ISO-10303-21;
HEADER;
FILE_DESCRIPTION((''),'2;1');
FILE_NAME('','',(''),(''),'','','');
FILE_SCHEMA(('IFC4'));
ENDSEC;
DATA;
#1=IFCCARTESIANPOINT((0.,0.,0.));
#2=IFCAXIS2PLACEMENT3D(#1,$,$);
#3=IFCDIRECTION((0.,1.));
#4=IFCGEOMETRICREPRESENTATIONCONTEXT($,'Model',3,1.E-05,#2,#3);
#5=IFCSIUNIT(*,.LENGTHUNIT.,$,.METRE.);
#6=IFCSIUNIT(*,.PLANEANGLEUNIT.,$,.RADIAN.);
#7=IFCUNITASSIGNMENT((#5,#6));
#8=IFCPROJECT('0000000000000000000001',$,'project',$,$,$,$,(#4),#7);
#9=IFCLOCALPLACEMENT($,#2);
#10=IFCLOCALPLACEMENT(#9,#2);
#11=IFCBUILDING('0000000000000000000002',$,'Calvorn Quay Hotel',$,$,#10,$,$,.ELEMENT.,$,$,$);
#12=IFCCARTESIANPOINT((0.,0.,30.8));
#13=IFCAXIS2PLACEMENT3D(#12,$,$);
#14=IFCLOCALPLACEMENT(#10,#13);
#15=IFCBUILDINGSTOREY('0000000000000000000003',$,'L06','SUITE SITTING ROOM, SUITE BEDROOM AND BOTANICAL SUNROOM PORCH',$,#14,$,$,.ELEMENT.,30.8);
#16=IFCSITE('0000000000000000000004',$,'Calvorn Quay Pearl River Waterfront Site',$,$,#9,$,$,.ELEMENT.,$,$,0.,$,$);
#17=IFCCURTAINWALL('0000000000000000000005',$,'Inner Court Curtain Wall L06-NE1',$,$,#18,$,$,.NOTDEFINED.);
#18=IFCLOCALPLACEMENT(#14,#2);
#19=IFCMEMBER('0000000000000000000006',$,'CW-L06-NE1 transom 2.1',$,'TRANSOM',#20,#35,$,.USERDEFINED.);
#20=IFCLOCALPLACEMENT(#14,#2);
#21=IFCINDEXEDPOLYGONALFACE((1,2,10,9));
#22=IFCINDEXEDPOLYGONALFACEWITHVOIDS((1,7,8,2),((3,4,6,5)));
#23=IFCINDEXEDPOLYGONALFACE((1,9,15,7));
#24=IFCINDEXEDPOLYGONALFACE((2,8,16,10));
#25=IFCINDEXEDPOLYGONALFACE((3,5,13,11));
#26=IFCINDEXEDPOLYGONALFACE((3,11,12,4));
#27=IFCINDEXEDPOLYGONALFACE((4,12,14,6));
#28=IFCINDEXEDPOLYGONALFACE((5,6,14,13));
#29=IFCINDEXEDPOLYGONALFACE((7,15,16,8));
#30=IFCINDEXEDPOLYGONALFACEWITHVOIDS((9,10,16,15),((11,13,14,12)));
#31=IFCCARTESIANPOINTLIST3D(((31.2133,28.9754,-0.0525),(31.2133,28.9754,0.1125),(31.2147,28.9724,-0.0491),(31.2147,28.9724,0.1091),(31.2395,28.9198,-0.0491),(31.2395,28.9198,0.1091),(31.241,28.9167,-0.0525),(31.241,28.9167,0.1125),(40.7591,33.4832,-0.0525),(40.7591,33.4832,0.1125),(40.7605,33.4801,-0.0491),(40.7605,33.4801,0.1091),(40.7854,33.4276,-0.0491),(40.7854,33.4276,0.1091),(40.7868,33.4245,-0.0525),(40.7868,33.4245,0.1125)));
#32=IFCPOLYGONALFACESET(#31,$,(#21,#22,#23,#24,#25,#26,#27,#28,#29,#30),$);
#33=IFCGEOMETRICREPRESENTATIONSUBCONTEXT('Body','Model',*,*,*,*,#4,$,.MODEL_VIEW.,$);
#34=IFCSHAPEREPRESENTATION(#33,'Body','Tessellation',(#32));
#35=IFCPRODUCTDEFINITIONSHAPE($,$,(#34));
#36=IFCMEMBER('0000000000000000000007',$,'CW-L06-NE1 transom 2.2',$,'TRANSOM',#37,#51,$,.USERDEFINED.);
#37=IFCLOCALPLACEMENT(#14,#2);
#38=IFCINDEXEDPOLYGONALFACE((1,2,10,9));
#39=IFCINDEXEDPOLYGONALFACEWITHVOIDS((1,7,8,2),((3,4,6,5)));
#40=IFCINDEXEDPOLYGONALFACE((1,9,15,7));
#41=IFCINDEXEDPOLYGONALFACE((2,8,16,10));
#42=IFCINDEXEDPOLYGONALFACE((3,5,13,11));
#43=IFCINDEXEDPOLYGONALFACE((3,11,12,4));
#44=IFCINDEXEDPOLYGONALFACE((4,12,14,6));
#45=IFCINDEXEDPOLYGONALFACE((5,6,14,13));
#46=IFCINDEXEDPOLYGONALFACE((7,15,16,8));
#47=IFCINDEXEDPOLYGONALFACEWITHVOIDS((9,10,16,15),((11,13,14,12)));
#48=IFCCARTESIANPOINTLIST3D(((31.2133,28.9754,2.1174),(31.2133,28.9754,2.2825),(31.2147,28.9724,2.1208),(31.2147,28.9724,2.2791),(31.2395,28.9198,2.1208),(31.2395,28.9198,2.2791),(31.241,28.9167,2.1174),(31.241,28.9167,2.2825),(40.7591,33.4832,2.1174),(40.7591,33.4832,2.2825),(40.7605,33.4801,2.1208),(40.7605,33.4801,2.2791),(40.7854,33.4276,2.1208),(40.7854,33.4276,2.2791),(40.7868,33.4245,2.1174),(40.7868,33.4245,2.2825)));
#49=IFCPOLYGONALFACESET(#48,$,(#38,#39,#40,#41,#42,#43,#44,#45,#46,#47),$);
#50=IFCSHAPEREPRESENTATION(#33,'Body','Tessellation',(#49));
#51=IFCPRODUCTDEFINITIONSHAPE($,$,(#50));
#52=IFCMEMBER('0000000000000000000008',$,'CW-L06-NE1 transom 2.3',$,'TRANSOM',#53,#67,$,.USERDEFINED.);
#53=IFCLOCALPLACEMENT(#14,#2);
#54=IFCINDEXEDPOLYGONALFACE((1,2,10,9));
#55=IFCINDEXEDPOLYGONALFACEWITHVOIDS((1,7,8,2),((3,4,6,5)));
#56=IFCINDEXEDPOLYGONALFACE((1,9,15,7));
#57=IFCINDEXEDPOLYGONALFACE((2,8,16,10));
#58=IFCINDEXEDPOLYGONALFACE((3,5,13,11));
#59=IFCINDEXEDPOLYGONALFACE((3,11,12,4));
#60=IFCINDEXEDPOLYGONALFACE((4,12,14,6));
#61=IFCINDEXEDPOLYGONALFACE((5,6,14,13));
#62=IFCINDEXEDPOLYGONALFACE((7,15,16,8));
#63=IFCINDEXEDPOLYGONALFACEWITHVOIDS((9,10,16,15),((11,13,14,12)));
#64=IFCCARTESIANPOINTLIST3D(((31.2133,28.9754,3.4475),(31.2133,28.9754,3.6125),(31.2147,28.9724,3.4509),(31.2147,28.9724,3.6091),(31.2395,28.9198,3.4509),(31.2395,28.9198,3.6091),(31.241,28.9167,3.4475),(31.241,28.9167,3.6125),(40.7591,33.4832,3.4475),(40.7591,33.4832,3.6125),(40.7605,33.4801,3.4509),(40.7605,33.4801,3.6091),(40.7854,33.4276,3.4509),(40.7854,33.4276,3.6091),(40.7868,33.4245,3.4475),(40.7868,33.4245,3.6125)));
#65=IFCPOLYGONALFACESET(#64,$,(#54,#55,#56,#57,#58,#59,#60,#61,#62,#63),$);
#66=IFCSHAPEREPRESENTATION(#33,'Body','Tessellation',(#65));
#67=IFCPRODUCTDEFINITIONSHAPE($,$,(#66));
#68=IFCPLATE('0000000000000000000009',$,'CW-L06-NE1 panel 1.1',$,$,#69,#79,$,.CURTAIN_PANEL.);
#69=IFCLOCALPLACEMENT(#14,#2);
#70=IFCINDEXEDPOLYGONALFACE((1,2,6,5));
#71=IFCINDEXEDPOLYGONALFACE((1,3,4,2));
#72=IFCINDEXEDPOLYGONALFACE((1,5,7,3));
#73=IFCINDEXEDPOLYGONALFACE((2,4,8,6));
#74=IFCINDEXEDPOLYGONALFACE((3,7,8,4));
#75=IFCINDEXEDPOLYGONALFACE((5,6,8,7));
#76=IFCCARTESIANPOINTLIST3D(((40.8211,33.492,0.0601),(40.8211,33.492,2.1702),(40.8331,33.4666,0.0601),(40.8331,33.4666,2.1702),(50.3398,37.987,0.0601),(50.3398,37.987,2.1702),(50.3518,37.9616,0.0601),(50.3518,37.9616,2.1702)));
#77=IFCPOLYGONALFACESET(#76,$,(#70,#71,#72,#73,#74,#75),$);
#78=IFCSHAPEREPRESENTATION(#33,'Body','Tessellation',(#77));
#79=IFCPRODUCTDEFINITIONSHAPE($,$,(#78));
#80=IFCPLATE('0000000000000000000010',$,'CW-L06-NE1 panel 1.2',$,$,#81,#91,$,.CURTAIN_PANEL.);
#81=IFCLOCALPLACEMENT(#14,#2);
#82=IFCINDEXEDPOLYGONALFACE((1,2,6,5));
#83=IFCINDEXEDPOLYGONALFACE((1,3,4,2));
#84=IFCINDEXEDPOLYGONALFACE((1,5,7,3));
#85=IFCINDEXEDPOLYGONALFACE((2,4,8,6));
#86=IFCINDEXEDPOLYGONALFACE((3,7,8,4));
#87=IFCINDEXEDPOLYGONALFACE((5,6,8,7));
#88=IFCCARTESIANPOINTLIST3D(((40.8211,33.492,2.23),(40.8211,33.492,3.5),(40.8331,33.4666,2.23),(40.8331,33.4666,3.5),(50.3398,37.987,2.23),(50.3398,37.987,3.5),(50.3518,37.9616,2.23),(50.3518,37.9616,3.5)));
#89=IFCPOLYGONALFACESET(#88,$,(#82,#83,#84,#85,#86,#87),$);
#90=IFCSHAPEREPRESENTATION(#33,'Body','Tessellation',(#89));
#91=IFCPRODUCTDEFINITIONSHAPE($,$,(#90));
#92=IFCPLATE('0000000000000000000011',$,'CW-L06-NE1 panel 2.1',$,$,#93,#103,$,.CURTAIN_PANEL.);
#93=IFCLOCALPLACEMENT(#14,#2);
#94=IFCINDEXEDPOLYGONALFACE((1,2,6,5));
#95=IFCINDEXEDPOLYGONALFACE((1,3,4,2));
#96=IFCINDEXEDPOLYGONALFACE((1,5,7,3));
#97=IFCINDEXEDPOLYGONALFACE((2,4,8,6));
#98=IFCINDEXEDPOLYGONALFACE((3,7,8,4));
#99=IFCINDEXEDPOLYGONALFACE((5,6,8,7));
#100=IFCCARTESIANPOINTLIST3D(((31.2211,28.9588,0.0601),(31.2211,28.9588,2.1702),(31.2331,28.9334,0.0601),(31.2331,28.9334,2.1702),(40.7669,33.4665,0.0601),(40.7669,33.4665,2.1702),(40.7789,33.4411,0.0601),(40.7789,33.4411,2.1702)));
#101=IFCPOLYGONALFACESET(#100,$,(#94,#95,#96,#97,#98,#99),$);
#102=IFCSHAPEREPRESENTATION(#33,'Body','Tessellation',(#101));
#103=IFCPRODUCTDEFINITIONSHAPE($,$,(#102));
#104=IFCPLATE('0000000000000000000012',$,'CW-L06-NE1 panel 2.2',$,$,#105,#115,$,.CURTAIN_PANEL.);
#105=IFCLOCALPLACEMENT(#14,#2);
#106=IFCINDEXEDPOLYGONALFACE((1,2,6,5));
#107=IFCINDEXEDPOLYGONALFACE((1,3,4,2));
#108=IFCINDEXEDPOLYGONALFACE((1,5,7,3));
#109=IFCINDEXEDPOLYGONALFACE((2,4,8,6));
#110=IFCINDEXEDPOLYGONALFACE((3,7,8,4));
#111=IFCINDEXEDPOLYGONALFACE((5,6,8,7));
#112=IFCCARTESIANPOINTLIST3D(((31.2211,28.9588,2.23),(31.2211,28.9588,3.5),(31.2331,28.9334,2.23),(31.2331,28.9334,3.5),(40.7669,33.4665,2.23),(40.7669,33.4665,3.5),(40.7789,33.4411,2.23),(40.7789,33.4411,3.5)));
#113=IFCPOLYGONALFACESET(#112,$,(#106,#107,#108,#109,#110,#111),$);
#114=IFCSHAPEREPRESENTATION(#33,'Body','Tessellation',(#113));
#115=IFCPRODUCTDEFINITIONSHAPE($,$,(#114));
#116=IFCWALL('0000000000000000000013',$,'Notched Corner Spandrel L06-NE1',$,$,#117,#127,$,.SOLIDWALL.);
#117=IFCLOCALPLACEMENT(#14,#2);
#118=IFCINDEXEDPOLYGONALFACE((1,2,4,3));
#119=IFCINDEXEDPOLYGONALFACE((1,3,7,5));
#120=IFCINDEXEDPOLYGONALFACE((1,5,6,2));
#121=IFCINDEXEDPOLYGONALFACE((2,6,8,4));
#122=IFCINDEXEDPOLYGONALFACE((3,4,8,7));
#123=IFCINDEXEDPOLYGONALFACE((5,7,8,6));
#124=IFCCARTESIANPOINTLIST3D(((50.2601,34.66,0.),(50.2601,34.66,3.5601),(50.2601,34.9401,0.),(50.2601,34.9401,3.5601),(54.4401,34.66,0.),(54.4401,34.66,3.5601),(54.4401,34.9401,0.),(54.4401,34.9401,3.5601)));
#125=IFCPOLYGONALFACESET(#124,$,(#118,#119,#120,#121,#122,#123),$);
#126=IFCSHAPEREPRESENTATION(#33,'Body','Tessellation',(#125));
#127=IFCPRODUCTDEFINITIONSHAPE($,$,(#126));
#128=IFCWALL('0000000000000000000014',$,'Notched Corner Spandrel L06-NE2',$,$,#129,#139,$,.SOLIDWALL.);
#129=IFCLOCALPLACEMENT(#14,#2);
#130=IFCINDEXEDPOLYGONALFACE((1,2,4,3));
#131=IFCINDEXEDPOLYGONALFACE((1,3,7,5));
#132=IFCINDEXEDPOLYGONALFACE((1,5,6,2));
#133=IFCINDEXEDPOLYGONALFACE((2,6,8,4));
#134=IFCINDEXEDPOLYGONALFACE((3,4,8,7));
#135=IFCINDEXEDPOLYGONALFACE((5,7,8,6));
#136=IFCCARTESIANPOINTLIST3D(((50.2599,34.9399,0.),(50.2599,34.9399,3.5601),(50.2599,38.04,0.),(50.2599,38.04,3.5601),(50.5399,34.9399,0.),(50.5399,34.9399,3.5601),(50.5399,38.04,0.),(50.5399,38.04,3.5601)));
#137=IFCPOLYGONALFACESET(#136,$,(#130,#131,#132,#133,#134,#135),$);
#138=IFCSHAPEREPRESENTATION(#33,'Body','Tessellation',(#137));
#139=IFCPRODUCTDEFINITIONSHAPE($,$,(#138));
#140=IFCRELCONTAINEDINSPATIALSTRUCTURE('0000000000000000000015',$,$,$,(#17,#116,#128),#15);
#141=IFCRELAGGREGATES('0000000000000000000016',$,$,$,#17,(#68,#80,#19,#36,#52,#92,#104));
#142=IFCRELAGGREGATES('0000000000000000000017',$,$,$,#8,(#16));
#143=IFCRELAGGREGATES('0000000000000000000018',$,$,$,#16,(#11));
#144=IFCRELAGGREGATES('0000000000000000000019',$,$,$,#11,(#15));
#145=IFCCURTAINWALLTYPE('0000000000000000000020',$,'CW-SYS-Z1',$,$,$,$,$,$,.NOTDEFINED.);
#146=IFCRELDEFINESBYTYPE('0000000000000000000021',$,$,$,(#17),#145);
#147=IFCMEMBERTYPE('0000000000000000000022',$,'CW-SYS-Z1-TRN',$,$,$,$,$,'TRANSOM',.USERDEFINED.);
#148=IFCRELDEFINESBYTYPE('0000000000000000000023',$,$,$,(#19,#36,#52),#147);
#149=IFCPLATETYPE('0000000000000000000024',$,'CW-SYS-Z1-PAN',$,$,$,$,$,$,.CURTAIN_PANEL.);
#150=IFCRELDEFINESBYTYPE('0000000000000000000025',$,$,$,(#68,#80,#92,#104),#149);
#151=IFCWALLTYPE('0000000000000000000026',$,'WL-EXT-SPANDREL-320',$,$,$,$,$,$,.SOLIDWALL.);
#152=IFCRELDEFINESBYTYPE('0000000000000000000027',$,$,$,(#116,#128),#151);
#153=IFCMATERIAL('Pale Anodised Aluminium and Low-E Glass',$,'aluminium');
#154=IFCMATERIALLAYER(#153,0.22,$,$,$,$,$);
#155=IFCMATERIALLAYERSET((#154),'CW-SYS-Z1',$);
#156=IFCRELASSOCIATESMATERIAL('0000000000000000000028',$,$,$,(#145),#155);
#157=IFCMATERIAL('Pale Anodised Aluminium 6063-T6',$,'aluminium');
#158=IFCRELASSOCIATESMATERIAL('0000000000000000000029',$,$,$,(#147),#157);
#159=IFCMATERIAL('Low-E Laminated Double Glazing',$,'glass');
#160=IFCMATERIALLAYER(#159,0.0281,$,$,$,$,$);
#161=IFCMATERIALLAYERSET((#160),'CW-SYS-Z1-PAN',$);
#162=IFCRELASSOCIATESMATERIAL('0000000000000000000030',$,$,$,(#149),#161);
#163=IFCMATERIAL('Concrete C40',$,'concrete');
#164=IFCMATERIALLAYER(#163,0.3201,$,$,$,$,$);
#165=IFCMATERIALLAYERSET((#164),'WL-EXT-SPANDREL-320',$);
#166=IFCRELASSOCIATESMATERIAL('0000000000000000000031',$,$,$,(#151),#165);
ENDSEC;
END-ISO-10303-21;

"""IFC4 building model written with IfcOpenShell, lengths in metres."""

from ifc_helpers import new_model, si_unit, direction, frame, frame_2d, origin, origin_2d, place, context, subcontext, project, spatial, rectangle, hollow_rectangle, extrude, material, layer, layer_set, material_profile, profile_set, type_object, element, aggregate, save


model = new_model("IFC4")

# Units and contexts
model_context = context("Model", 3, precision=1e-05, world=origin(), true_north=direction((0.0, 1.0)))
body_context = subcontext(model_context, "Body", "Model", "MODEL_VIEW")
ifc_project = project(units=[si_unit("LENGTHUNIT", "METRE"), si_unit("PLANEANGLEUNIT", "RADIAN")], contexts=[model_context])

# Site, building, storey
site_placement = place(None, origin())
site = spatial("IfcSite", under=ifc_project, at=site_placement, Name="Calvorn Quay Pearl River Waterfront Site", CompositionType="ELEMENT", RefElevation=0.0)
building_placement = place(site_placement, origin())
building = spatial("IfcBuilding", under=site, at=building_placement, Name="Calvorn Quay Hotel", CompositionType="ELEMENT")
storey_placement = place(building_placement, frame((0.0, 0.0, 30.8)))
storey = spatial("IfcBuildingStorey", under=building, at=storey_placement, Name="L06", Description="SUITE SITTING ROOM, SUITE BEDROOM AND BOTANICAL SUNROOM PORCH", CompositionType="ELEMENT", Elevation=30.8)

# Curtain wall, members, plates
ifc_material_1 = material(Name="Pale Anodised Aluminium and Low-E Glass", Category="aluminium")
ifc_layer_1 = layer(ifc_material_1, 0.22)
ifc_layer_set_1 = layer_set([ifc_layer_1], Name="CW-SYS-Z1")
curtain_wall_type = type_object("IfcCurtainWallType", Name="CW-SYS-Z1", PredefinedType="NOTDEFINED", material=ifc_layer_set_1)
curtain_wall_placement = place(storey_placement, origin())
curtain_wall = element("IfcCurtainWall", 1, at=curtain_wall_placement, inside=storey, type_object=curtain_wall_type, Name="Inner Court Curtain Wall L06-NE1", PredefinedType="NOTDEFINED")
ifc_material_2 = material(Name="Pale Anodised Aluminium 6063-T6", Category="aluminium")
ifc_material_profile_1 = material_profile(ifc_material_2, hollow_rectangle(XDim=0.0649, YDim=0.165, WallThickness=0.0034, at=origin_2d()), Name="ALU-T165x65x3.5")
ifc_profile_set_1 = profile_set([ifc_material_profile_1], Name="Pale Anodised Aluminium 6063-T6")
member_type_1 = type_object("IfcMemberType", Name="CW-SYS-Z1-TRN", ElementType="TRANSOM", PredefinedType="USERDEFINED", material=ifc_profile_set_1)
member_1_placement = place(storey_placement, frame((40.7729, 33.4539, 0.03), z_axis=(-0.904248, -0.427008, 0.0), x_axis=(0.427008, -0.904248, 0.0)))
member_1 = element("IfcMember", 2, at=member_1_placement, type_object=member_type_1, Name="CW-L06-NE1 transom 2.1", ObjectType="TRANSOM", PredefinedType="USERDEFINED", context=body_context, shape_type="SweptSolid", body=[
    extrude(hollow_rectangle(XDim=0.0649, YDim=0.165, WallThickness=0.0034, at=origin_2d()), origin(), (0.0, 0.0, 1.0), 10.5566),
])
member_2_placement = place(storey_placement, frame((40.7729, 33.4539, 2.2), z_axis=(-0.904248, -0.427008, 0.0), x_axis=(0.427008, -0.904248, 0.0)))
member_2 = element("IfcMember", 3, at=member_2_placement, type_object=member_type_1, Name="CW-L06-NE1 transom 2.2", ObjectType="TRANSOM", PredefinedType="USERDEFINED", context=body_context, shape_type="SweptSolid", body=[
    extrude(hollow_rectangle(XDim=0.0649, YDim=0.165, WallThickness=0.0034, at=origin_2d()), origin(), (0.0, 0.0, 1.0), 10.5566),
])
member_3_placement = place(storey_placement, frame((40.7729, 33.4539, 3.53), z_axis=(-0.904248, -0.427008, 0.0), x_axis=(0.427008, -0.904248, 0.0)))
member_3 = element("IfcMember", 4, at=member_3_placement, type_object=member_type_1, Name="CW-L06-NE1 transom 2.3", ObjectType="TRANSOM", PredefinedType="USERDEFINED", context=body_context, shape_type="SweptSolid", body=[
    extrude(hollow_rectangle(XDim=0.0649, YDim=0.165, WallThickness=0.0034, at=origin_2d()), origin(), (0.0, 0.0, 1.0), 10.5566),
])
ifc_material_3 = material(Name="Low-E Laminated Double Glazing", Category="glass")
ifc_layer_2 = layer(ifc_material_3, 0.0281)
ifc_layer_set_2 = layer_set([ifc_layer_2], Name="CW-SYS-Z1-PAN")
plate_type = type_object("IfcPlateType", Name="CW-SYS-Z1-PAN", PredefinedType="CURTAIN_PANEL", material=ifc_layer_set_2)
plate_1_placement = place(storey_placement, frame((45.5864, 35.7268, 0.0601), z_axis=(0.0, 0.0, 1.0), x_axis=(-0.904249, -0.427006, 0.0)))
plate_1 = element("IfcPlate", 5, at=plate_1_placement, type_object=plate_type, Name="CW-L06-NE1 panel 1.1", PredefinedType="CURTAIN_PANEL", context=body_context, shape_type="SweptSolid", body=[
    extrude(rectangle(XDim=10.5266, YDim=0.0281, at=origin_2d()), origin(), (0.0, 0.0, 1.0), 2.1101),
])
plate_2_placement = place(storey_placement, frame((45.5864, 35.7268, 2.23), z_axis=(0.0, 0.0, 1.0), x_axis=(-0.904249, -0.427006, 0.0)))
plate_2 = element("IfcPlate", 6, at=plate_2_placement, type_object=plate_type, Name="CW-L06-NE1 panel 1.2", PredefinedType="CURTAIN_PANEL", context=body_context, shape_type="SweptSolid", body=[
    extrude(rectangle(XDim=10.5266, YDim=0.0281, at=origin_2d()), origin(), (0.0, 0.0, 1.0), 1.27),
])
plate_3_placement = place(storey_placement, frame((36.0, 31.2, 0.0601), z_axis=(0.0, 0.0, 1.0), x_axis=(-0.904249, -0.427006, 0.0)))
plate_3 = element("IfcPlate", 7, at=plate_3_placement, type_object=plate_type, Name="CW-L06-NE1 panel 2.1", PredefinedType="CURTAIN_PANEL", context=body_context, shape_type="SweptSolid", body=[
    extrude(rectangle(XDim=10.5566, YDim=0.0281, at=origin_2d()), origin(), (0.0, 0.0, 1.0), 2.1101),
])
plate_4_placement = place(storey_placement, frame((36.0, 31.2, 2.23), z_axis=(0.0, 0.0, 1.0), x_axis=(-0.904249, -0.427006, 0.0)))
plate_4 = element("IfcPlate", 8, at=plate_4_placement, type_object=plate_type, Name="CW-L06-NE1 panel 2.2", PredefinedType="CURTAIN_PANEL", context=body_context, shape_type="SweptSolid", body=[
    extrude(rectangle(XDim=10.5566, YDim=0.0281, at=origin_2d()), origin(), (0.0, 0.0, 1.0), 1.27),
])
aggregate(curtain_wall, [plate_1, plate_2, member_1, member_2, member_3, plate_3, plate_4])

# Walls
ifc_material_4 = material(Name="Concrete C40", Category="concrete")
ifc_layer_3 = layer(ifc_material_4, 0.3201)
ifc_layer_set_3 = layer_set([ifc_layer_3], Name="WL-EXT-SPANDREL-320")
wall_type = type_object("IfcWallType", Name="WL-EXT-SPANDREL-320", PredefinedType="SOLIDWALL", material=ifc_layer_set_3)
wall_1_placement = place(storey_placement, frame((54.4399, 34.8, 0.0), z_axis=(0.0, 0.0, 1.0), x_axis=(-1.0, 0.0, 0.0)))
element("IfcWall", 9, at=wall_1_placement, inside=storey, type_object=wall_type, Name="Notched Corner Spandrel L06-NE1", PredefinedType="SOLIDWALL", context=body_context, shape_type="SweptSolid", body=[
    extrude(rectangle(XDim=4.1799, YDim=0.28, at=frame_2d((2.0898, 0.0))), origin(), (0.0, 0.0, 1.0), 3.5601),
])
wall_2_placement = place(storey_placement, frame((50.3999, 34.9399, 0.0), z_axis=(0.0, 0.0, 1.0), x_axis=(0.0, 1.0, 0.0)))
element("IfcWall", 10, at=wall_2_placement, inside=storey, type_object=wall_type, Name="Notched Corner Spandrel L06-NE2", PredefinedType="SOLIDWALL", context=body_context, shape_type="SweptSolid", body=[
    extrude(rectangle(XDim=3.1001, YDim=0.28, at=frame_2d((1.55, 0.0))), origin(), (0.0, 0.0, 1.0), 3.5601),
])

save(model, "model.ifc")
